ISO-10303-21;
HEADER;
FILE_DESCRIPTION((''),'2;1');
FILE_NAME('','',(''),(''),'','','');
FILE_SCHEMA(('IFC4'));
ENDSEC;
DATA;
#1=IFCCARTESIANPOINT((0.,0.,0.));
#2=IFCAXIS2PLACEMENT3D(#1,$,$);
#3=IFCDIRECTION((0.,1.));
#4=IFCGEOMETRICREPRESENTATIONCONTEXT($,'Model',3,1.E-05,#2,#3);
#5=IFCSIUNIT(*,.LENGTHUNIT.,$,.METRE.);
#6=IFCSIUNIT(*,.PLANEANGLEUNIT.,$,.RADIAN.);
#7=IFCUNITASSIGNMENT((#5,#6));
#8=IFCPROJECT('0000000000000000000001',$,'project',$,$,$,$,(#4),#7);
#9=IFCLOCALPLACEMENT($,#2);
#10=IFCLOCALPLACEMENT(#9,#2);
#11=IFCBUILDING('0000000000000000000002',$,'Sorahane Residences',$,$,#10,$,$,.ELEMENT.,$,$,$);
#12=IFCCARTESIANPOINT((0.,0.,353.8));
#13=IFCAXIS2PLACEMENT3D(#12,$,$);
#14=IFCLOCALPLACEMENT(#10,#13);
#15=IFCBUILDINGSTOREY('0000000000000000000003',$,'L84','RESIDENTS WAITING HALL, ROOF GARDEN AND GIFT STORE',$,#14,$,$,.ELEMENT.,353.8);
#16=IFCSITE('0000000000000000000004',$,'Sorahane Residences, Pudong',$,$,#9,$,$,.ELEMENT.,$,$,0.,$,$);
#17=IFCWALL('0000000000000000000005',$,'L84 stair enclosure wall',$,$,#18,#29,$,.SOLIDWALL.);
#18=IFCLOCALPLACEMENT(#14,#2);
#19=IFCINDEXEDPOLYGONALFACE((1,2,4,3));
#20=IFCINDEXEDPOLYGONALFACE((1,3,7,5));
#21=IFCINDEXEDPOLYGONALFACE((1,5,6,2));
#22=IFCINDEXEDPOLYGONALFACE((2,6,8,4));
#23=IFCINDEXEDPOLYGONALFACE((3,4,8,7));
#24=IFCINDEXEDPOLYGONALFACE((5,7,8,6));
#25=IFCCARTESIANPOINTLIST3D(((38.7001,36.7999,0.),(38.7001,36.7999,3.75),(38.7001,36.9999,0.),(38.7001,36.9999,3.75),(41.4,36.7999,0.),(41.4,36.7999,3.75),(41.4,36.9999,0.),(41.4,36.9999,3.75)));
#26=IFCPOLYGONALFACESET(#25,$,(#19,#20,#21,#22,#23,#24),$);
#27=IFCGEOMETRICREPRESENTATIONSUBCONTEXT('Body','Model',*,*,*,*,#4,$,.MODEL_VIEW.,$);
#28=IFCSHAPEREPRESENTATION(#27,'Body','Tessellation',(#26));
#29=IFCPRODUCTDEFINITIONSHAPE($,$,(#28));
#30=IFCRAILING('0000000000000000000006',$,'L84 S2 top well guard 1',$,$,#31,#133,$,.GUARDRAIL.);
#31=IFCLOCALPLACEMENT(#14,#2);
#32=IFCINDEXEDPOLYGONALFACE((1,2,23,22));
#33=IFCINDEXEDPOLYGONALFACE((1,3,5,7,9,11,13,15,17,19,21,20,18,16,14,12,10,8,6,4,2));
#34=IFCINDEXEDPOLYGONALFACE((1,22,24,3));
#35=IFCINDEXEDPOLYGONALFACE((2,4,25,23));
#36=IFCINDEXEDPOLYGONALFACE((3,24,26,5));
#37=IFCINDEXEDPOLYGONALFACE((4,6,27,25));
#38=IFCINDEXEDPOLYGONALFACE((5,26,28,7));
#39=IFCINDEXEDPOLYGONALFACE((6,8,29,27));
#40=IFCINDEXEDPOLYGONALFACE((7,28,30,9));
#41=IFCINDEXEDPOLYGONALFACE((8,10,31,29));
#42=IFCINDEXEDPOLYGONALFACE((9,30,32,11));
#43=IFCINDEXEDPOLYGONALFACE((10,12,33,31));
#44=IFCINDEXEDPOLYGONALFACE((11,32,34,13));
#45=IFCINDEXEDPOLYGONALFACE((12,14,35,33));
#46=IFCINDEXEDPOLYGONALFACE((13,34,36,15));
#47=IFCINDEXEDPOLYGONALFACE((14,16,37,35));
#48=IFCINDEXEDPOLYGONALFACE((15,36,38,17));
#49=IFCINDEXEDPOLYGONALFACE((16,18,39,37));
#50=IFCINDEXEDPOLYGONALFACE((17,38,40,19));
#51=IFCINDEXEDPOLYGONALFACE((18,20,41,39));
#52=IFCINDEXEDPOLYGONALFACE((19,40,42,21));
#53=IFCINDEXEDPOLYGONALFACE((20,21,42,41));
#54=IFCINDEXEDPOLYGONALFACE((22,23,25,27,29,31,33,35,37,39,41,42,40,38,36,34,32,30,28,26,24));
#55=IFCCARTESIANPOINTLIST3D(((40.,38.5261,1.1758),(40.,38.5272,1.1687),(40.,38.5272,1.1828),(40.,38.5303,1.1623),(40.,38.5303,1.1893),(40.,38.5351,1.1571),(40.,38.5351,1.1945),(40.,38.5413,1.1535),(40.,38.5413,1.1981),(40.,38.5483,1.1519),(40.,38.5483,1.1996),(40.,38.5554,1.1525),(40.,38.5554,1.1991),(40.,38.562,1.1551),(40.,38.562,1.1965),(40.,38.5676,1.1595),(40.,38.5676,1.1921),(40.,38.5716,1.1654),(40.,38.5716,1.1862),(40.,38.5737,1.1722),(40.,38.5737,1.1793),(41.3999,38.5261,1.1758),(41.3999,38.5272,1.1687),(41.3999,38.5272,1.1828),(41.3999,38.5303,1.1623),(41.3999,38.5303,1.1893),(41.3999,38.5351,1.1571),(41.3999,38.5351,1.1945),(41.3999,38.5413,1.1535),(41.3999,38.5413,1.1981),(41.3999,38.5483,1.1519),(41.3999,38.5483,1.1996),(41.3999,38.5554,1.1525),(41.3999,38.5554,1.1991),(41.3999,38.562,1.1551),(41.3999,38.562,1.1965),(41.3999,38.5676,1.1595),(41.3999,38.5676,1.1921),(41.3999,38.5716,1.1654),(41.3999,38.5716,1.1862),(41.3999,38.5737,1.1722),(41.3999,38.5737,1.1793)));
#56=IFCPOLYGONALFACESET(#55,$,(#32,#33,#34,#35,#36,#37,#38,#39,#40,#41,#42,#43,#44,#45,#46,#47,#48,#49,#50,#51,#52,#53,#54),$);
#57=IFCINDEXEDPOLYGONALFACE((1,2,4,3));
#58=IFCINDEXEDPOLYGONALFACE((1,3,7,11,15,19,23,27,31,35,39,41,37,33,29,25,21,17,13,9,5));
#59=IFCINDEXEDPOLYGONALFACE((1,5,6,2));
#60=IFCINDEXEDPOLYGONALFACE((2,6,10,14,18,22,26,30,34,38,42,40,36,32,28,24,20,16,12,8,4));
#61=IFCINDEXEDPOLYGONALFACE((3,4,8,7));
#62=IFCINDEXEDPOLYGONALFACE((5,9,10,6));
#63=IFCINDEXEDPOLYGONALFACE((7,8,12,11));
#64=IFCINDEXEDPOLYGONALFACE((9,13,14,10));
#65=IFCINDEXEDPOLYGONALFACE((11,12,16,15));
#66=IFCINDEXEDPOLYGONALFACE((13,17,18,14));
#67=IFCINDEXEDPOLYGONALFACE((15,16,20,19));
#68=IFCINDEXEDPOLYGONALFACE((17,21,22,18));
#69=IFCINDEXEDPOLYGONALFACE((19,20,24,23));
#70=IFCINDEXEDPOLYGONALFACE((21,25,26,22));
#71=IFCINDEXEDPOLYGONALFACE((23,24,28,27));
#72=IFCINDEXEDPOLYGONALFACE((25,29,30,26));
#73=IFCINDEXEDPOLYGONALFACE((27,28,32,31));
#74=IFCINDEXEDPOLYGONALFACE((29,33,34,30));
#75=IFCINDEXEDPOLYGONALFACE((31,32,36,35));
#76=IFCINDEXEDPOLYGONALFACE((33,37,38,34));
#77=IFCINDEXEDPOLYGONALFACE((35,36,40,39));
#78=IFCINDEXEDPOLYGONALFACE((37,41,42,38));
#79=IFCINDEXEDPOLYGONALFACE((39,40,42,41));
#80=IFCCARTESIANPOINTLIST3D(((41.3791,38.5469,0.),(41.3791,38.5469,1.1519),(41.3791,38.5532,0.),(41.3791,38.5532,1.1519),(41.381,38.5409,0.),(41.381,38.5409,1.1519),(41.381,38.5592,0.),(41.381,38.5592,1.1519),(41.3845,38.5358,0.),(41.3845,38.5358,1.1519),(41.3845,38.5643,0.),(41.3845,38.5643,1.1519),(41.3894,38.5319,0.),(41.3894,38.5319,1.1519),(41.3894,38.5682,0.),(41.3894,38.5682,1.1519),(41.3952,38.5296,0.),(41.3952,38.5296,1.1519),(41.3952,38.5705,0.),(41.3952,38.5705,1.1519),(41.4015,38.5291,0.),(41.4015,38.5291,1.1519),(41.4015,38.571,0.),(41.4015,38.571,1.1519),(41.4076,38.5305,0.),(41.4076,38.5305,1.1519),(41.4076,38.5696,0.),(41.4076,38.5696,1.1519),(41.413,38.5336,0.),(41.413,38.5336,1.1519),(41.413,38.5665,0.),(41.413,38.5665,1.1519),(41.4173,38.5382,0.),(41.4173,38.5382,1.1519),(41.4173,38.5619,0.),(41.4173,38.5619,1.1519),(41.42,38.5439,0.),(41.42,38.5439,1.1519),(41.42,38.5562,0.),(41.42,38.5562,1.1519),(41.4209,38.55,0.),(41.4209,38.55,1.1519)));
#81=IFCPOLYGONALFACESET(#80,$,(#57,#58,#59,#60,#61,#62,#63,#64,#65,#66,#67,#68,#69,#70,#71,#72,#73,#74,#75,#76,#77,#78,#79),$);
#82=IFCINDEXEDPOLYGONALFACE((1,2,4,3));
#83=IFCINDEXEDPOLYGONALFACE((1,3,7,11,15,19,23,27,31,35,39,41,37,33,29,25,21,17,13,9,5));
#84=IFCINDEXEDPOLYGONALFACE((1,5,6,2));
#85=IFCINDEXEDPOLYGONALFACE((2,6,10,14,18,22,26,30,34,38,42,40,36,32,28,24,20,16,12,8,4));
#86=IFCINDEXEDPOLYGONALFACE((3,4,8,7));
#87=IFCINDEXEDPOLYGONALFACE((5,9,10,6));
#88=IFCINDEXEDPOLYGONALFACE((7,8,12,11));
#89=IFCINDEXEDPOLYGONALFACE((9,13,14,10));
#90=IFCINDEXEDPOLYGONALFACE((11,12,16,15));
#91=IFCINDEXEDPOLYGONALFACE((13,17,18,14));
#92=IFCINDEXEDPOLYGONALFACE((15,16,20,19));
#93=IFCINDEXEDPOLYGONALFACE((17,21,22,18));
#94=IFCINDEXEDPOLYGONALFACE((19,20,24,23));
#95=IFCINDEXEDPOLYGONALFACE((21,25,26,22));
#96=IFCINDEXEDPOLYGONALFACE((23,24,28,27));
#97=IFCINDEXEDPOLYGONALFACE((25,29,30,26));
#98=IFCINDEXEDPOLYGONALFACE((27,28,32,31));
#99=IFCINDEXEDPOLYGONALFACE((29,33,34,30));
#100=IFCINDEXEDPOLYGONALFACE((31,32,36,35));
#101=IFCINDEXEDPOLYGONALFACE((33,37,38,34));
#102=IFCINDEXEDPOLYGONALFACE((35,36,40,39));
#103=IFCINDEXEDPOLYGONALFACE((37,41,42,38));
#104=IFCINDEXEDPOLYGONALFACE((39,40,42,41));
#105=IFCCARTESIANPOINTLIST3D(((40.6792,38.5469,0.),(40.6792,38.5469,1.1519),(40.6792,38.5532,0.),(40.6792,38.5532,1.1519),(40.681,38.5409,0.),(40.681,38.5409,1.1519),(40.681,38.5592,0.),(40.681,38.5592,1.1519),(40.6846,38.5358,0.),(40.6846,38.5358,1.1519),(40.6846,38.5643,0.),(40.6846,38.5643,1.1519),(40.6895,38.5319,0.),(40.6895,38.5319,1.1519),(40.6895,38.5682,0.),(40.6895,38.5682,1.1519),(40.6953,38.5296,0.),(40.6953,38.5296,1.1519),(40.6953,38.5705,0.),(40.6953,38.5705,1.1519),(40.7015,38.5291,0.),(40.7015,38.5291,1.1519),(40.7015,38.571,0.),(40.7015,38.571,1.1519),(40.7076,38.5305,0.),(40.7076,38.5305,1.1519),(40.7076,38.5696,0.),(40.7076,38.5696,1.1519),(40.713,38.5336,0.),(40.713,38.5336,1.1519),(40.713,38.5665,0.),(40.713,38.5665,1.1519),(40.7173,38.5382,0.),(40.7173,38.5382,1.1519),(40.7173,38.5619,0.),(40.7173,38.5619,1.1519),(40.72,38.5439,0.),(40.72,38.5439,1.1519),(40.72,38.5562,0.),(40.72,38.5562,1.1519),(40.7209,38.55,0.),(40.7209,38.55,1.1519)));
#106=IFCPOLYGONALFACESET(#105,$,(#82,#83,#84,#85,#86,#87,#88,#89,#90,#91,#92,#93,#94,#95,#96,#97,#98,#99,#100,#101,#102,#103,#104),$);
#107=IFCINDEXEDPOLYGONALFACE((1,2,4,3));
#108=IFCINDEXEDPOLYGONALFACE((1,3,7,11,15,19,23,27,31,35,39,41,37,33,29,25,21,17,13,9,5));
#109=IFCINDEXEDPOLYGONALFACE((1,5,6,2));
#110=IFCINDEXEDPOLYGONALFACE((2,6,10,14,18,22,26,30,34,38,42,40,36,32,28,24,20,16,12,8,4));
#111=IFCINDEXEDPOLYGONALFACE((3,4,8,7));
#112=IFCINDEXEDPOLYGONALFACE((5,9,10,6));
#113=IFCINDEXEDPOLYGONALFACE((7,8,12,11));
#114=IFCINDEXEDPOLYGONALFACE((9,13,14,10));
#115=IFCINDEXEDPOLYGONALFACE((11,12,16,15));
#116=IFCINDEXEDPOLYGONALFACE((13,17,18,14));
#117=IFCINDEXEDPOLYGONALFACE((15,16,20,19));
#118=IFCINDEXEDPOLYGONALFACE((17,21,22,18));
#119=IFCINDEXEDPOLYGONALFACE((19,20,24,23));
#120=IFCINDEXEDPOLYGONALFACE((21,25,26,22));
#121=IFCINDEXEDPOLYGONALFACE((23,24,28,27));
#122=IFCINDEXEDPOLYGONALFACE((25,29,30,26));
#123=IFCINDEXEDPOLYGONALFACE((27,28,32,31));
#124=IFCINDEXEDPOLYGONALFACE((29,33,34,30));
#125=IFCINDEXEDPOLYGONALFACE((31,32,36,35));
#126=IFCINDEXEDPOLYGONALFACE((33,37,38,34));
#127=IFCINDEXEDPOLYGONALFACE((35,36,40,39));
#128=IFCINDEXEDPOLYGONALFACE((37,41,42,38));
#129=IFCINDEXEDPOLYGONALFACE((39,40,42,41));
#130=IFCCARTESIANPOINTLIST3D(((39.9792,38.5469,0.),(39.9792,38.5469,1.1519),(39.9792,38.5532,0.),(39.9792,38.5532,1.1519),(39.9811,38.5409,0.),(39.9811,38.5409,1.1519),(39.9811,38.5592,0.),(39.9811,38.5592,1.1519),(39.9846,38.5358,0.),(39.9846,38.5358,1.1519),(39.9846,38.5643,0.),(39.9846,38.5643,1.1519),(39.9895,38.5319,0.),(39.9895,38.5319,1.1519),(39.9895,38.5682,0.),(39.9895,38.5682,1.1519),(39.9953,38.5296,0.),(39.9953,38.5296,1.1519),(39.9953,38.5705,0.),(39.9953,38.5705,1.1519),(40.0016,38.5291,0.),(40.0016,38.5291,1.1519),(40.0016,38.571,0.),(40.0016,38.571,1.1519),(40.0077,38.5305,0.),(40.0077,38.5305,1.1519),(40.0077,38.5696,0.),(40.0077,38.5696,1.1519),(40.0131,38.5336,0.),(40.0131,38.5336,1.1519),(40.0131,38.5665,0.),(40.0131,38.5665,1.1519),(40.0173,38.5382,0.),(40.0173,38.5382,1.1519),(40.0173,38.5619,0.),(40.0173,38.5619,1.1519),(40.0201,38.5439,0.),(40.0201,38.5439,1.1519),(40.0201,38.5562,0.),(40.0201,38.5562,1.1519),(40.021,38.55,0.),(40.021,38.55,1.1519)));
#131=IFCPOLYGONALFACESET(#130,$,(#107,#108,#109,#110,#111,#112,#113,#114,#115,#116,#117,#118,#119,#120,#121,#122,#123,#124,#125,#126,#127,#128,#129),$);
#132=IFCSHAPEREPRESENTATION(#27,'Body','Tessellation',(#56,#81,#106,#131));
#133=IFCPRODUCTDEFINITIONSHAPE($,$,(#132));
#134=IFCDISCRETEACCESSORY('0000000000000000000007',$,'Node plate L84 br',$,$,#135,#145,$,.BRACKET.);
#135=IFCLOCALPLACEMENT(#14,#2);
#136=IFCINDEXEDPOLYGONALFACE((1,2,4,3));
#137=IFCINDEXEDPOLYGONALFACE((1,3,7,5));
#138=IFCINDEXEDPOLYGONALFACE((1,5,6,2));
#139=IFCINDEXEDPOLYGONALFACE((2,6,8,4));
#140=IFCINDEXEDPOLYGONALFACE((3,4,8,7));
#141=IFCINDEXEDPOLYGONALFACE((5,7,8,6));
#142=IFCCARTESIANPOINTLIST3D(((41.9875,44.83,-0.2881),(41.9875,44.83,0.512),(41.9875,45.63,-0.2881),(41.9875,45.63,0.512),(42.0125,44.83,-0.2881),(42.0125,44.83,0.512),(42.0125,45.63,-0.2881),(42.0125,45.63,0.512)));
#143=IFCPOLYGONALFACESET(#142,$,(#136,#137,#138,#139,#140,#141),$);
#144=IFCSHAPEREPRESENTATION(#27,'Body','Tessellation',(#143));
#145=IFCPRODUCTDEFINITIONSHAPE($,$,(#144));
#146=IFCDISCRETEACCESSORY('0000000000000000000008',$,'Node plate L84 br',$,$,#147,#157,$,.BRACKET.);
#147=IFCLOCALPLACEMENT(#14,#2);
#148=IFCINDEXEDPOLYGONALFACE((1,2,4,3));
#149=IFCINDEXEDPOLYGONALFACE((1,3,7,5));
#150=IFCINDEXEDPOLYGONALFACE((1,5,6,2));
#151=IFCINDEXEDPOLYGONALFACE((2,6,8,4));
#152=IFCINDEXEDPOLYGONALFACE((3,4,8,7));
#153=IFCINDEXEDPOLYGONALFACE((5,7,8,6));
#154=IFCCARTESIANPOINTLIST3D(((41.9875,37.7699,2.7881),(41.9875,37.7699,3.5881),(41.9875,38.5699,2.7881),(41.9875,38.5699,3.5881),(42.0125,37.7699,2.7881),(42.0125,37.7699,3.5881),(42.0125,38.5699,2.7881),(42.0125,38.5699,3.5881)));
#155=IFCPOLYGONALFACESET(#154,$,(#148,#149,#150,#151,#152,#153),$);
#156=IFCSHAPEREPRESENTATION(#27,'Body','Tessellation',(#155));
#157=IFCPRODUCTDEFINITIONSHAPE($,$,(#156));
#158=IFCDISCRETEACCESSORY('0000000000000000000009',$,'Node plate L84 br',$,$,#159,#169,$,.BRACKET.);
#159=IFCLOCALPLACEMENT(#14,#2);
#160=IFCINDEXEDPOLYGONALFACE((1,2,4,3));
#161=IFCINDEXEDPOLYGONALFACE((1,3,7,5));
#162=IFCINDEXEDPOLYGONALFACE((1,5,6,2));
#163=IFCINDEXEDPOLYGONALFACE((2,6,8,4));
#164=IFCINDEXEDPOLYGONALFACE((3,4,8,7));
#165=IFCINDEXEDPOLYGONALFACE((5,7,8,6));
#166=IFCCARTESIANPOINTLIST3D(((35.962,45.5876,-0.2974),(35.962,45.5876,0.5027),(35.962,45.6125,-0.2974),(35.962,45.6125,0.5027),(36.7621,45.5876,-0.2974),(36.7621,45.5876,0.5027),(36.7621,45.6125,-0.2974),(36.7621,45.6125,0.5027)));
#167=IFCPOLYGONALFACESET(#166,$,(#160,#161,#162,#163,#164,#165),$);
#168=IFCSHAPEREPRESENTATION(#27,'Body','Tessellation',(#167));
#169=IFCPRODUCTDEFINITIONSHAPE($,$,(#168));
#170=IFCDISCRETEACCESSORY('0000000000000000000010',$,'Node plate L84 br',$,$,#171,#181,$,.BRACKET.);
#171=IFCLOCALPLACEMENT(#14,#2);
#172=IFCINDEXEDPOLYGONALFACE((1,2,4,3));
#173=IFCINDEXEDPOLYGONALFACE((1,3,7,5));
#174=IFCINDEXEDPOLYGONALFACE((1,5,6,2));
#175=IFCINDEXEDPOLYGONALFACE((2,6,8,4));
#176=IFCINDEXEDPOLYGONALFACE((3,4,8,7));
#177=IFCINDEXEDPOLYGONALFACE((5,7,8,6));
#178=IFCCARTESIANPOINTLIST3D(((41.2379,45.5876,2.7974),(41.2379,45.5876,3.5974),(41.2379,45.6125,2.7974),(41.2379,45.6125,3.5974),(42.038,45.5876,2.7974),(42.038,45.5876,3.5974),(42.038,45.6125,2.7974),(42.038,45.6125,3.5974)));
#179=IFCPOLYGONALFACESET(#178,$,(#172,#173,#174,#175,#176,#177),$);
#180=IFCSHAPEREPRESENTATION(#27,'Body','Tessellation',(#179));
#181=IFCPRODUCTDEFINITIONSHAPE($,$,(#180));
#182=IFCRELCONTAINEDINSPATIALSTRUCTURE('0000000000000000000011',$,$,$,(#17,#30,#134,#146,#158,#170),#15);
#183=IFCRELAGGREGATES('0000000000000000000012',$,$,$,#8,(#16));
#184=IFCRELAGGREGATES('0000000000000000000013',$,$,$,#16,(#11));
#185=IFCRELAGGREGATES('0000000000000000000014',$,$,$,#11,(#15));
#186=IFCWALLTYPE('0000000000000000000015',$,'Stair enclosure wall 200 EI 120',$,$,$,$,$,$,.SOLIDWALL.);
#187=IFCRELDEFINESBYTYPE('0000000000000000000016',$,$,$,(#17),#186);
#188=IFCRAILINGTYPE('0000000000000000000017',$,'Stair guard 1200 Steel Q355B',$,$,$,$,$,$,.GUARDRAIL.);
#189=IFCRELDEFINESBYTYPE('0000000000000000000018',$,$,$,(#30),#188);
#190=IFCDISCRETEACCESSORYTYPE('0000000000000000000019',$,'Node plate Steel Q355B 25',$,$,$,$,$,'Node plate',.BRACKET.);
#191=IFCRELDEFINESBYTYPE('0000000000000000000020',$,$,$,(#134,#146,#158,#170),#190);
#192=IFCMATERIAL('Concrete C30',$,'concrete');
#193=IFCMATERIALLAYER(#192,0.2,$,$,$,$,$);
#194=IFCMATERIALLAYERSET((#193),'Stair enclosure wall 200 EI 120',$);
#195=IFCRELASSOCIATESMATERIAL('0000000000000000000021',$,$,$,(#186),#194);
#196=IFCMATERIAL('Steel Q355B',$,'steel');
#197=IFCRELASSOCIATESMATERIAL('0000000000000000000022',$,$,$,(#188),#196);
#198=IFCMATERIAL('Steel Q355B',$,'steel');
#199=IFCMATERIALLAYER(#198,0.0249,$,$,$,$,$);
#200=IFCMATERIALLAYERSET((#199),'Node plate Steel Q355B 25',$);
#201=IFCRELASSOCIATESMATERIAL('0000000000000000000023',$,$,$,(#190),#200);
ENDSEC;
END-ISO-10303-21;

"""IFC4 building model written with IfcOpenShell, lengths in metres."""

from ifc_helpers import new_model, si_unit, direction, frame, frame_2d, origin, origin_2d, place, context, subcontext, project, spatial, rectangle, circle, extrude, material, layer, layer_set, type_object, element, save


model = new_model("IFC4")

# Units and contexts
model_context = context("Model", 3, precision=1e-05, world=origin(), true_north=direction((0.0, 1.0)))
body_context = subcontext(model_context, "Body", "Model", "MODEL_VIEW")
ifc_project = project(units=[si_unit("LENGTHUNIT", "METRE"), si_unit("PLANEANGLEUNIT", "RADIAN")], contexts=[model_context])

# Site, building, storey
site_placement = place(None, origin())
site = spatial("IfcSite", under=ifc_project, at=site_placement, Name="Sorahane Residences, Pudong", CompositionType="ELEMENT", RefElevation=0.0)
building_placement = place(site_placement, origin())
building = spatial("IfcBuilding", under=site, at=building_placement, Name="Sorahane Residences", CompositionType="ELEMENT")
storey_placement = place(building_placement, frame((0.0, 0.0, 353.8)))
storey = spatial("IfcBuildingStorey", under=building, at=storey_placement, Name="L84", Description="RESIDENTS WAITING HALL, ROOF GARDEN AND GIFT STORE", CompositionType="ELEMENT", Elevation=353.8)

# Wall
ifc_material_1 = material(Name="Concrete C30", Category="concrete")
ifc_layer_1 = layer(ifc_material_1, 0.2)
ifc_layer_set_1 = layer_set([ifc_layer_1], Name="Stair enclosure wall 200 EI 120")
wall_type = type_object("IfcWallType", Name="Stair enclosure wall 200 EI 120", PredefinedType="SOLIDWALL", material=ifc_layer_set_1)
wall_placement = place(storey_placement, frame((38.7, 36.8999, 0.0), z_axis=(0.0, 0.0, 1.0), x_axis=(1.0, 0.0, 0.0)))
element("IfcWall", 1, at=wall_placement, inside=storey, type_object=wall_type, Name="L84 stair enclosure wall", PredefinedType="SOLIDWALL", context=body_context, shape_type="SweptSolid", body=[
    extrude(rectangle(XDim=2.7, YDim=0.2, at=frame_2d((1.3501, 0.0))), origin(), (0.0, 0.0, 1.0), 3.75),
])

# Railing
ifc_material_2 = material(Name="Steel Q355B", Category="steel")
railing_type = type_object("IfcRailingType", Name="Stair guard 1200 Steel Q355B", PredefinedType="GUARDRAIL", material=ifc_material_2)
railing_placement = place(storey_placement, frame((41.3999, 38.55, 0.0)))
element("IfcRailing", 2, at=railing_placement, inside=storey, type_object=railing_type, Name="L84 S2 top well guard 1", PredefinedType="GUARDRAIL", context=body_context, shape_type="SweptSolid", body=[
    extrude(circle(Radius=0.0239, at=origin_2d()), frame((0.0, 0.0, 1.1758), z_axis=(-1.0, 0.0, 0.0), x_axis=(0.0, -1.0, 0.0)), (0.0, 0.0, 1.0), 1.3999),
    extrude(circle(Radius=0.021, at=origin_2d()), origin(), (0.0, 0.0, 1.0), 1.1519),
    extrude(circle(Radius=0.021, at=origin_2d()), frame((-0.7, 0.0, 0.0)), (0.0, 0.0, 1.0), 1.1519),
    extrude(circle(Radius=0.021, at=origin_2d()), frame((-1.3999, 0.0, 0.0)), (0.0, 0.0, 1.0), 1.1519),
])

# Discrete accessories
ifc_material_3 = material(Name="Steel Q355B", Category="steel")
ifc_layer_2 = layer(ifc_material_3, 0.0249)
ifc_layer_set_2 = layer_set([ifc_layer_2], Name="Node plate Steel Q355B 25")
discrete_accessory_type = type_object("IfcDiscreteAccessoryType", Name="Node plate Steel Q355B 25", ElementType="Node plate", PredefinedType="BRACKET", material=ifc_layer_set_2)
for number, where, z_axis, x_axis, name in (
    (3, (42.0, 45.23, -0.2881), (0.0, 0.0, 1.0), (0.0, 1.0, 0.0), "Node plate L84 br"),
    (4, (42.0, 38.1699, 2.7881), (0.0, 0.0, 1.0), (0.0, 1.0, 0.0), "Node plate L84 br"),
    (5, (36.3621, 45.6001, -0.2974), (0.0, 0.0, 1.0), (1.0, 0.0, 0.0), "Node plate L84 br"),
    (6, (41.6379, 45.6001, 2.7974), (0.0, 0.0, 1.0), (1.0, 0.0, 0.0), "Node plate L84 br"),
):
    element("IfcDiscreteAccessory", number, at=place(storey_placement, frame(where, z_axis=z_axis, x_axis=x_axis)), inside=storey, type_object=discrete_accessory_type, Name=name, PredefinedType="BRACKET", context=body_context, shape_type="SweptSolid", body=[
        extrude(rectangle(XDim=0.8, YDim=0.0249, at=origin_2d()), origin(), (0.0, 0.0, 1.0), 0.8),
    ])

save(model, "model.ifc")
